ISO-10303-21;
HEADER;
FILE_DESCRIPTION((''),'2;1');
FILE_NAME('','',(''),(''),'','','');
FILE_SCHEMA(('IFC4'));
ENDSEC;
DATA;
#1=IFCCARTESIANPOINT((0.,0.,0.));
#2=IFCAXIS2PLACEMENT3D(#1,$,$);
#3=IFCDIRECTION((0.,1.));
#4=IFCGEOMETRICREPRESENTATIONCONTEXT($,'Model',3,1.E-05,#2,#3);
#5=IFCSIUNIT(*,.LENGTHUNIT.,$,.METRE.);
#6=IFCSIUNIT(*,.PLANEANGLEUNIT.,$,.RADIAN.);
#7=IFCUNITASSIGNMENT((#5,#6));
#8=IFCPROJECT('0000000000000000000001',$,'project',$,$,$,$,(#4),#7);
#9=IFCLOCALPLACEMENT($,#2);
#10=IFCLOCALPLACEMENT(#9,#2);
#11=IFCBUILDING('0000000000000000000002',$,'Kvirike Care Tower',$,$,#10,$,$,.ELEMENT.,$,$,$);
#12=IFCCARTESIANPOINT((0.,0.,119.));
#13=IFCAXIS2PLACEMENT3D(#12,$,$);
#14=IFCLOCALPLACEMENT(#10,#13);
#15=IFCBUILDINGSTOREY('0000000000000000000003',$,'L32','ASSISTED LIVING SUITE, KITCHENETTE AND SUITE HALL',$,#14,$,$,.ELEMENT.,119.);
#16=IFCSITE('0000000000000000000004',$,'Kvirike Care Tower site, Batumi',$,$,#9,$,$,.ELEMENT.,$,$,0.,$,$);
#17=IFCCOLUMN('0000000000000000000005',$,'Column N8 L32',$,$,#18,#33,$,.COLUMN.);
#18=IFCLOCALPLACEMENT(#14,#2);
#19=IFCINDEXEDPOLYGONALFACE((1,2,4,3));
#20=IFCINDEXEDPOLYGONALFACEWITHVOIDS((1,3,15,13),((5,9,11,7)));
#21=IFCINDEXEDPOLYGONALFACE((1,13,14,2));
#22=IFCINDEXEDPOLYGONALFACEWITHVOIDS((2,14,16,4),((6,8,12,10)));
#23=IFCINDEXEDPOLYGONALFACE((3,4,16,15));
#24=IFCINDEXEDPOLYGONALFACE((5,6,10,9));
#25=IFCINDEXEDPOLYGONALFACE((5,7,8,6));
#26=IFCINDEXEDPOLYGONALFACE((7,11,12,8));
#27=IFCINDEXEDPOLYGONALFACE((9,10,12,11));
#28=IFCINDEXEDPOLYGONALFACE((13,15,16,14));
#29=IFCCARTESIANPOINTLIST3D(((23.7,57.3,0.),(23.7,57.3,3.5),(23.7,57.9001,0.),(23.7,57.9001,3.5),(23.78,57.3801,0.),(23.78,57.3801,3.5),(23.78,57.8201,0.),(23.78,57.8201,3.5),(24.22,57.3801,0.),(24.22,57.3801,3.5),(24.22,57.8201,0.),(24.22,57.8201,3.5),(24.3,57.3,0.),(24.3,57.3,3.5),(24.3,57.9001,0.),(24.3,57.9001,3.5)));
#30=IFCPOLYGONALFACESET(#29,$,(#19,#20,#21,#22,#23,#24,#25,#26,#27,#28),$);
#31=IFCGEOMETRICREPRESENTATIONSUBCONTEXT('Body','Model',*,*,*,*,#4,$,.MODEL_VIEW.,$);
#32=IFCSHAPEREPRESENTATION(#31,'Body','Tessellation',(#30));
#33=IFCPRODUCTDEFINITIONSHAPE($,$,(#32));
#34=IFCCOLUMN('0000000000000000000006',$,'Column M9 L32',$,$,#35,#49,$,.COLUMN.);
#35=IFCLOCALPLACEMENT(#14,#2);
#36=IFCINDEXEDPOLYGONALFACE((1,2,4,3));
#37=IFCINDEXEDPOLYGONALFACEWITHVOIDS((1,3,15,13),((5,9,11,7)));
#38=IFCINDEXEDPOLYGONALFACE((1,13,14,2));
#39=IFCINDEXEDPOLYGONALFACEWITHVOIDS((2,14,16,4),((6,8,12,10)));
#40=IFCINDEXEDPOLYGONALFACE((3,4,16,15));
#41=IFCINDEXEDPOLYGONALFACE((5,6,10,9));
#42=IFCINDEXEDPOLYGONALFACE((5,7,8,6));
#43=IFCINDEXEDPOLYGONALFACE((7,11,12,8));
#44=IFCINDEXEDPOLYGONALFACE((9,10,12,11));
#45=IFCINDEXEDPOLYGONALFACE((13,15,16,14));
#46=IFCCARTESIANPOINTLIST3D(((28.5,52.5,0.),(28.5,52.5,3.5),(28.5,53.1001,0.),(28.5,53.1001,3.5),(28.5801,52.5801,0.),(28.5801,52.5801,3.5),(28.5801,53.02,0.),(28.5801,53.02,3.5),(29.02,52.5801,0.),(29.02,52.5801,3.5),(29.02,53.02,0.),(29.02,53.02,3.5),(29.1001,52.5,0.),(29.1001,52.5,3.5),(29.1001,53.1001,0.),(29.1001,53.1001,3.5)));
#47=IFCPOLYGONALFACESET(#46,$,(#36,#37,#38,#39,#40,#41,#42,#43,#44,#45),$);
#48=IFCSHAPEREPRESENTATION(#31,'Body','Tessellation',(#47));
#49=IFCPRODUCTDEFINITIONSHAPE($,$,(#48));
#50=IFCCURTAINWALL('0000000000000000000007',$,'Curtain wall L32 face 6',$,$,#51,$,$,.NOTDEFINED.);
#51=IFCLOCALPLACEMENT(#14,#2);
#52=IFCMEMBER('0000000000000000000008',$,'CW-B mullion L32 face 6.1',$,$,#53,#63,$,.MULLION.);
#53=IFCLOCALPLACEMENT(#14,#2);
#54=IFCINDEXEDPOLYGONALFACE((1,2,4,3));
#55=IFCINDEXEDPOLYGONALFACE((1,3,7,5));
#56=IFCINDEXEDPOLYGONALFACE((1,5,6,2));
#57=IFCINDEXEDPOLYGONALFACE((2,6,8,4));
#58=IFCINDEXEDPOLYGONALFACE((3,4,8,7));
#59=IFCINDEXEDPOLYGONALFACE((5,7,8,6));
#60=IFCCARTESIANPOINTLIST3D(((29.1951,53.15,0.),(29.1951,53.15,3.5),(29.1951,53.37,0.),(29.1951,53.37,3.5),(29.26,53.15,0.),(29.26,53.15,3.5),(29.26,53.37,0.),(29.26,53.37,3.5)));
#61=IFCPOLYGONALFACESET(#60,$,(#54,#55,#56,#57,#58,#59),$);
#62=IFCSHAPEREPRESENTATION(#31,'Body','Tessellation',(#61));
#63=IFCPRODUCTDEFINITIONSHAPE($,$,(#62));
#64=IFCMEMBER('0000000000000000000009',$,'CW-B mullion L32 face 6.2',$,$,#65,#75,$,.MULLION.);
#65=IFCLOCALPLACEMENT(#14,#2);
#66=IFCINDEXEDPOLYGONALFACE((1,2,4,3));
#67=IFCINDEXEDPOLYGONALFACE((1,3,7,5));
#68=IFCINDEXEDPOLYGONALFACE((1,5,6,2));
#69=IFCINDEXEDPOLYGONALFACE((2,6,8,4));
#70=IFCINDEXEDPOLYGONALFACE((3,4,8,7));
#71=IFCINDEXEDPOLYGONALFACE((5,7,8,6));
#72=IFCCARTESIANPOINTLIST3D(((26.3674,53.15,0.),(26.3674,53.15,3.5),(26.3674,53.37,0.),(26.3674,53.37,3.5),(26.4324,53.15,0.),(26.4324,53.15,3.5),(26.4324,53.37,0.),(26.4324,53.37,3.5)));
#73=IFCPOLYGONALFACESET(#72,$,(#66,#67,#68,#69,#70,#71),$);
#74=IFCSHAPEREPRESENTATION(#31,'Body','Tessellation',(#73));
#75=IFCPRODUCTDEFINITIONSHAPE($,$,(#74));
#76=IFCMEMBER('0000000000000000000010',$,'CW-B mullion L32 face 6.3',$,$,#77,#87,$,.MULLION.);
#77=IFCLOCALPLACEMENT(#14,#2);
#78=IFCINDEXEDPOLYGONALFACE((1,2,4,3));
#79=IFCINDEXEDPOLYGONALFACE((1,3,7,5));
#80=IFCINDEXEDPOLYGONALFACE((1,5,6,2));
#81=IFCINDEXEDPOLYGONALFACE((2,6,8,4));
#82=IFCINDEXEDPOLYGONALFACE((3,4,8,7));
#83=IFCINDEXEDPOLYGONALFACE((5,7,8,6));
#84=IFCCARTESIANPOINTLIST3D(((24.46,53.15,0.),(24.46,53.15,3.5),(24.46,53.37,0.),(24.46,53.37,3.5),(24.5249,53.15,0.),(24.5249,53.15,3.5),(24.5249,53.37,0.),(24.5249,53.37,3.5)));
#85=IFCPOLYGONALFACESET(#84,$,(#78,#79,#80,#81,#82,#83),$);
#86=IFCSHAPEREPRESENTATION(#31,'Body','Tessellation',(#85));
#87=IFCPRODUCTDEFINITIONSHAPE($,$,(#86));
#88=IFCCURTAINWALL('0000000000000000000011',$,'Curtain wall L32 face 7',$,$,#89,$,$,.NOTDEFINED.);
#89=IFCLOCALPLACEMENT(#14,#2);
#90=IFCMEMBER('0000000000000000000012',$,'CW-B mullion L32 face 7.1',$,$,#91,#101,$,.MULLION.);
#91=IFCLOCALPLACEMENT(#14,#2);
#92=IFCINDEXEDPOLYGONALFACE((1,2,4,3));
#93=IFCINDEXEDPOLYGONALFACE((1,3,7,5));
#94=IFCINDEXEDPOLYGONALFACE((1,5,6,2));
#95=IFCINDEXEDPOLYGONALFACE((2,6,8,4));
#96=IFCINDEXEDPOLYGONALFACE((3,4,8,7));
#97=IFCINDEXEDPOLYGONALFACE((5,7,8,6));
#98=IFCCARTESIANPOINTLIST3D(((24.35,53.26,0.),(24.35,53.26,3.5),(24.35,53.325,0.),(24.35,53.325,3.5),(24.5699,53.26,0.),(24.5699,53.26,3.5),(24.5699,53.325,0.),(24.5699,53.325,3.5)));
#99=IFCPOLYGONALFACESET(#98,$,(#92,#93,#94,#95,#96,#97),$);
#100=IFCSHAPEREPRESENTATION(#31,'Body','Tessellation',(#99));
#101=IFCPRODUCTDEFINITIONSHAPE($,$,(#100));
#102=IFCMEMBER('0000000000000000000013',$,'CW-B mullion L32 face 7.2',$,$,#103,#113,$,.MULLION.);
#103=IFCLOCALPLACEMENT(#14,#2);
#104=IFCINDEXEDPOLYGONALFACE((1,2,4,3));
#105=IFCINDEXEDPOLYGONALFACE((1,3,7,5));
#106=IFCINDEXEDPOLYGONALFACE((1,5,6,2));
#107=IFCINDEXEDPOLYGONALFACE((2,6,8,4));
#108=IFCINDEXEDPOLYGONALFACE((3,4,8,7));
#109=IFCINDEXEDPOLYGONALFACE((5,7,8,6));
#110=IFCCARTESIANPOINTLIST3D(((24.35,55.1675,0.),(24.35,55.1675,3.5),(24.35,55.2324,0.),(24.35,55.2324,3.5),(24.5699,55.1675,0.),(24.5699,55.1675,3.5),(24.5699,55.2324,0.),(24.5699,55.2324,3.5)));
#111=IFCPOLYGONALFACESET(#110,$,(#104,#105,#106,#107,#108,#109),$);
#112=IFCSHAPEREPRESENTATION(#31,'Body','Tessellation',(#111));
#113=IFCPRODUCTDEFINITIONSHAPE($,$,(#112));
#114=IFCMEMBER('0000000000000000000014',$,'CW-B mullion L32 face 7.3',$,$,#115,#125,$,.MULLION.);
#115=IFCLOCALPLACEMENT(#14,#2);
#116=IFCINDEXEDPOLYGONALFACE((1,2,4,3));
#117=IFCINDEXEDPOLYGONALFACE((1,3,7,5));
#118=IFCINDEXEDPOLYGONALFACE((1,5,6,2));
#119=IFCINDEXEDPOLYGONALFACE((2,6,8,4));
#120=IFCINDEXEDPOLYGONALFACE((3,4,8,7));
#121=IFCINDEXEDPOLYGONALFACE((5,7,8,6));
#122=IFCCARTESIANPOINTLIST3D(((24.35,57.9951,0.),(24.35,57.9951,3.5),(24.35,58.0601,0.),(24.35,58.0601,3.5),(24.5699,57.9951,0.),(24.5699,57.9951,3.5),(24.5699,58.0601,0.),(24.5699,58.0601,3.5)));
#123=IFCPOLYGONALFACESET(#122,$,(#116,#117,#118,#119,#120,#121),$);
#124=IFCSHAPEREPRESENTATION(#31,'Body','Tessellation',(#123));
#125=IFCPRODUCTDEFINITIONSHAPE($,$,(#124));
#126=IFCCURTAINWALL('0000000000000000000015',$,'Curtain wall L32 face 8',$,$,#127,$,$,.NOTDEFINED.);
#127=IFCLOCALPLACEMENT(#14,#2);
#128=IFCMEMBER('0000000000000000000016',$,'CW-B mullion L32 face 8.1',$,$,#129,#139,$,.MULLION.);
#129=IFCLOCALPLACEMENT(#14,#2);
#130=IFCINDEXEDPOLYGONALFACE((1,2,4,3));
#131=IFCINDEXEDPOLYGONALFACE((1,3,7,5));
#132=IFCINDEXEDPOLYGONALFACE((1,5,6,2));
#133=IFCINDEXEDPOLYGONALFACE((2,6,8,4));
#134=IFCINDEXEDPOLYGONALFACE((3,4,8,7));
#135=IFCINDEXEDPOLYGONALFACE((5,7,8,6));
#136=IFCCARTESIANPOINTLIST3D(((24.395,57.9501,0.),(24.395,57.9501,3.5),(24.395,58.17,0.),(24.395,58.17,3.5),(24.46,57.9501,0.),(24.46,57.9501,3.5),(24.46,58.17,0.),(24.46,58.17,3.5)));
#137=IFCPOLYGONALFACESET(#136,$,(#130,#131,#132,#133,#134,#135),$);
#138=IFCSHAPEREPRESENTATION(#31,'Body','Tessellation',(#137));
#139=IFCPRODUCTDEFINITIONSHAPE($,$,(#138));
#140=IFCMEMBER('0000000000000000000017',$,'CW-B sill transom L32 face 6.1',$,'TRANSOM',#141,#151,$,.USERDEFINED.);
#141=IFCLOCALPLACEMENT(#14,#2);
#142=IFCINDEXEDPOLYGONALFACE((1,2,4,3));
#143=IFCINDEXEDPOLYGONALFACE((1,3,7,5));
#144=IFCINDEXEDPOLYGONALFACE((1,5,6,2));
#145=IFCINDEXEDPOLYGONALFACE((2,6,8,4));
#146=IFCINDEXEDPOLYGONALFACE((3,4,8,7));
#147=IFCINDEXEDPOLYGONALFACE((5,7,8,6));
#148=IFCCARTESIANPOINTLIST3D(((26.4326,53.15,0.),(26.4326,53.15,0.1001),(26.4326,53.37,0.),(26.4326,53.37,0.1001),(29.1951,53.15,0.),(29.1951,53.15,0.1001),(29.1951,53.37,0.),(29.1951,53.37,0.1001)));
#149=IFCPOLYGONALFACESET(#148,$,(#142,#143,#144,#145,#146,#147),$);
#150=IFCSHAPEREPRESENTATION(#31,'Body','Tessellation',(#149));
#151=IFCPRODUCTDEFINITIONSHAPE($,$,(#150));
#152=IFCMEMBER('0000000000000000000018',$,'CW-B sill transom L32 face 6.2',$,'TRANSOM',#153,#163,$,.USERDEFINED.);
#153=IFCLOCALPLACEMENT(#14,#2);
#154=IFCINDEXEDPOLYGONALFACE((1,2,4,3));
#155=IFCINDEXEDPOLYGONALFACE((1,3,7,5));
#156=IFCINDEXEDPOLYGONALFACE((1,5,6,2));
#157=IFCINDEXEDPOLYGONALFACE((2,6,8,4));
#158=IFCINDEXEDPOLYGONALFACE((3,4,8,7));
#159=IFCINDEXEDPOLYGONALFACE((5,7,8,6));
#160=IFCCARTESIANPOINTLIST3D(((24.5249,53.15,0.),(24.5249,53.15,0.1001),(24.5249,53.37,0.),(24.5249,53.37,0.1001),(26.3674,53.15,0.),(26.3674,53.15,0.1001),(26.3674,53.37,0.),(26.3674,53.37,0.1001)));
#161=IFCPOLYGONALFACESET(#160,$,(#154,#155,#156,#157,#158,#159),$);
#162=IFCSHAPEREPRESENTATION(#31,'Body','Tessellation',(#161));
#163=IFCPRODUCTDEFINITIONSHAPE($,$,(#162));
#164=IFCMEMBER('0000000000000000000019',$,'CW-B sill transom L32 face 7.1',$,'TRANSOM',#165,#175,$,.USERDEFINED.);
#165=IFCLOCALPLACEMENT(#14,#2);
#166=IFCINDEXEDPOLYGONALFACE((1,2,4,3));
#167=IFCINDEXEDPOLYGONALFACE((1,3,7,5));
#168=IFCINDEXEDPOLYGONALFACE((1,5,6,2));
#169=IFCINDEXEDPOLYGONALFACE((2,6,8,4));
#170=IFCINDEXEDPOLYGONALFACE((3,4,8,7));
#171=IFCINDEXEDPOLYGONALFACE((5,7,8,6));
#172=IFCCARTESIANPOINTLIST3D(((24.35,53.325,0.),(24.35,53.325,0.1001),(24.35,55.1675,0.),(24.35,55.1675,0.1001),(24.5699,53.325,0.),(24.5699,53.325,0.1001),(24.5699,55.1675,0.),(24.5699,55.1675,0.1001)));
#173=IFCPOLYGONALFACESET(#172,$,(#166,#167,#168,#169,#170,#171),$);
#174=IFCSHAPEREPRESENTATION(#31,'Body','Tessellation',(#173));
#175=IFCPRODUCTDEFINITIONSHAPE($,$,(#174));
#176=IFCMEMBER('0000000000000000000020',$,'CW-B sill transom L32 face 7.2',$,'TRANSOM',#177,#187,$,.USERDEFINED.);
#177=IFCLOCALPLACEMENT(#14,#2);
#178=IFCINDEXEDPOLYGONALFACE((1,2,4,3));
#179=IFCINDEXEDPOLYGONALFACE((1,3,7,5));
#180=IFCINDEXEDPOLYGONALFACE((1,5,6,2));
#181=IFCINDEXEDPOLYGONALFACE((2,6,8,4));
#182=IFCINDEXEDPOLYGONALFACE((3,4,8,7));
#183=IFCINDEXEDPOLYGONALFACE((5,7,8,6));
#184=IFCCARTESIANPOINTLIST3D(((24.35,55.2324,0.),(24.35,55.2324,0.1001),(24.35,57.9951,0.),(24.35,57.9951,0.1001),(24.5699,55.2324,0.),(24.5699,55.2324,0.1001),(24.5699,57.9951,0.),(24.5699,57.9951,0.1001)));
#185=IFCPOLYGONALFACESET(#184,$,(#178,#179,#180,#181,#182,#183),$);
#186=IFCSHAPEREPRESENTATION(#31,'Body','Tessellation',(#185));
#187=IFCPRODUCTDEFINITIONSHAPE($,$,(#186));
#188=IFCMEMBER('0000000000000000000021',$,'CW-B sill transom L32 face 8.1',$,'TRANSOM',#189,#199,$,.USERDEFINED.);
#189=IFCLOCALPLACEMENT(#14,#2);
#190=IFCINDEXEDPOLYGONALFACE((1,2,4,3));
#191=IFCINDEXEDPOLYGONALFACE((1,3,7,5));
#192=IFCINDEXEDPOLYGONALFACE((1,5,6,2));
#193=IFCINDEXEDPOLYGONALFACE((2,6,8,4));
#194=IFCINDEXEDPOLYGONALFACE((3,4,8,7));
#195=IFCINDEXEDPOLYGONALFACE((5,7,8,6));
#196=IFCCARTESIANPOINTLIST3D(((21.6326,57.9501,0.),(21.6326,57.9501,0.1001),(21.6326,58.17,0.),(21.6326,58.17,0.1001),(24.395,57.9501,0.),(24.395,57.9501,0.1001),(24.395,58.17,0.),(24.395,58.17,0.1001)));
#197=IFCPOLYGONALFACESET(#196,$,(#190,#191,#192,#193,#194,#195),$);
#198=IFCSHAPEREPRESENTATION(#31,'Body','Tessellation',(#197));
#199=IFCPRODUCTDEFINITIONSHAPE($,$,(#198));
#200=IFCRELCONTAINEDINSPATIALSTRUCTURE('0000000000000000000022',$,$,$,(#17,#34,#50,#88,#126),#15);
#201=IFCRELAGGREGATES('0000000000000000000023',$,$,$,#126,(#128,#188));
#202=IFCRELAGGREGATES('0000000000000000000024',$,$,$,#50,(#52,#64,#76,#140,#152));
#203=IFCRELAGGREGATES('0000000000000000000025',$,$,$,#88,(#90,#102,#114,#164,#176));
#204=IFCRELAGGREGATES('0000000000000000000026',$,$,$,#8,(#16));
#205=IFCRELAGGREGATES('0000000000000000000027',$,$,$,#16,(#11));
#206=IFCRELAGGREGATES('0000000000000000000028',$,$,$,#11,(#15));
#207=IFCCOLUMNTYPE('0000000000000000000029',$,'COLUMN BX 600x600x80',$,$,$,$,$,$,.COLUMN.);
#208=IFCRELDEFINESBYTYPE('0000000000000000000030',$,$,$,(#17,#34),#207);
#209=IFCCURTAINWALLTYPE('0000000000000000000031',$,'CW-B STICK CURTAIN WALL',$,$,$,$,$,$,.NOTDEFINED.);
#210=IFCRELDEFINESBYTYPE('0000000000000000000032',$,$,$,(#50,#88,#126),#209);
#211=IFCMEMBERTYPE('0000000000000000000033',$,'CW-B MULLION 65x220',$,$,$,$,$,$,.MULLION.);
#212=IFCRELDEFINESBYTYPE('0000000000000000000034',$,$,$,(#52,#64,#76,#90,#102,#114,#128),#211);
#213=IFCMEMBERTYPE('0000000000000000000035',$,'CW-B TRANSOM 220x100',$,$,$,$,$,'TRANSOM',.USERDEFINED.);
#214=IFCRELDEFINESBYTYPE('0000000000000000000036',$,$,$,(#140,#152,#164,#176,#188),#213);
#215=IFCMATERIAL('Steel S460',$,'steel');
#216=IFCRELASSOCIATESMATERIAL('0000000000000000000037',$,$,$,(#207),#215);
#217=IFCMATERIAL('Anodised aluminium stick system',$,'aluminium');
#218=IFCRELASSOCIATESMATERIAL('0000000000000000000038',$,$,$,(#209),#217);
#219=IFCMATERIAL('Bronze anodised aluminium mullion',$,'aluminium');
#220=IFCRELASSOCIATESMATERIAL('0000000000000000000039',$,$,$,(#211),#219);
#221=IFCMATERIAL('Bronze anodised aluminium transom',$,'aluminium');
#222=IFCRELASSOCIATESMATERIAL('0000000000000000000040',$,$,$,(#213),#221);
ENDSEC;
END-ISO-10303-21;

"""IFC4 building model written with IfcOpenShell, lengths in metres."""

from ifc_helpers import new_model, si_unit, direction, frame, origin, origin_2d, place, context, subcontext, project, spatial, rectangle, hollow_rectangle, extrude, material, material_profile, profile_set, type_object, element, aggregate, save


model = new_model("IFC4")

# Units and contexts
model_context = context("Model", 3, precision=1e-05, world=origin(), true_north=direction((0.0, 1.0)))
body_context = subcontext(model_context, "Body", "Model", "MODEL_VIEW")
ifc_project = project(units=[si_unit("LENGTHUNIT", "METRE"), si_unit("PLANEANGLEUNIT", "RADIAN")], contexts=[model_context])

# Site, building, storey
site_placement = place(None, origin())
site = spatial("IfcSite", under=ifc_project, at=site_placement, Name="Kvirike Care Tower site, Batumi", CompositionType="ELEMENT", RefElevation=0.0)
building_placement = place(site_placement, origin())
building = spatial("IfcBuilding", under=site, at=building_placement, Name="Kvirike Care Tower", CompositionType="ELEMENT")
storey_placement = place(building_placement, frame((0.0, 0.0, 119.0)))
storey = spatial("IfcBuildingStorey", under=building, at=storey_placement, Name="L32", Description="ASSISTED LIVING SUITE, KITCHENETTE AND SUITE HALL", CompositionType="ELEMENT", Elevation=119.0)

# Columns
ifc_material_1 = material(Name="Steel S460", Category="steel")
ifc_material_profile_1 = material_profile(ifc_material_1, hollow_rectangle(XDim=0.6001, YDim=0.6001, WallThickness=0.0801, at=origin_2d()), Name="BX 600x600x80")
ifc_profile_set_1 = profile_set([ifc_material_profile_1], Name="Steel S460")
column_type = type_object("IfcColumnType", Name="COLUMN BX 600x600x80", PredefinedType="COLUMN", material=ifc_profile_set_1)
for number, where, z_axis, x_axis, name in (
    (1, (24.0, 57.6001, 0.0), (0.0, 0.0, 1.0), (0.0, 1.0, 0.0), "Column N8 L32"),
    (2, (28.8, 52.8, 0.0), (0.0, 0.0, 1.0), (0.0, 1.0, 0.0), "Column M9 L32"),
):
    element("IfcColumn", number, at=place(storey_placement, frame(where, z_axis=z_axis, x_axis=x_axis)), inside=storey, type_object=column_type, Name=name, PredefinedType="COLUMN", context=body_context, shape_type="SweptSolid", body=[
        extrude(hollow_rectangle(XDim=0.6001, YDim=0.6001, WallThickness=0.0801, at=origin_2d()), origin(), (0.0, 0.0, 1.0), 3.5),
    ])

# Curtain walls, members
ifc_material_2 = material(Name="Anodised aluminium stick system", Category="aluminium")
curtain_wall_type = type_object("IfcCurtainWallType", Name="CW-B STICK CURTAIN WALL", PredefinedType="NOTDEFINED", material=ifc_material_2)
curtain_wall_1_placement = place(storey_placement, origin())
curtain_wall_1 = element("IfcCurtainWall", 3, at=curtain_wall_1_placement, inside=storey, type_object=curtain_wall_type, Name="Curtain wall L32 face 6", PredefinedType="NOTDEFINED")
ifc_material_3 = material(Name="Bronze anodised aluminium mullion", Category="aluminium")
ifc_material_profile_2 = material_profile(ifc_material_3, rectangle(XDim=0.0649, YDim=0.22, at=origin_2d()), Name="CW-B MULLION 65x220")
ifc_profile_set_2 = profile_set([ifc_material_profile_2], Name="Bronze anodised aluminium mullion")
member_type_1 = type_object("IfcMemberType", Name="CW-B MULLION 65x220", PredefinedType="MULLION", material=ifc_profile_set_2)
member_1_placement = place(storey_placement, frame((29.2275, 53.26, 0.0), z_axis=(0.0, 0.0, 1.0), x_axis=(-1.0, 0.0, 0.0)))
member_1 = element("IfcMember", 4, at=member_1_placement, type_object=member_type_1, Name="CW-B mullion L32 face 6.1", PredefinedType="MULLION", context=body_context, shape_type="SweptSolid", body=[
    extrude(rectangle(XDim=0.0649, YDim=0.22, at=origin_2d()), origin(), (0.0, 0.0, 1.0), 3.5),
])
member_2_placement = place(storey_placement, frame((26.3999, 53.26, 0.0), z_axis=(0.0, 0.0, 1.0), x_axis=(-1.0, 0.0, 0.0)))
member_2 = element("IfcMember", 5, at=member_2_placement, type_object=member_type_1, Name="CW-B mullion L32 face 6.2", PredefinedType="MULLION", context=body_context, shape_type="SweptSolid", body=[
    extrude(rectangle(XDim=0.0649, YDim=0.22, at=origin_2d()), origin(), (0.0, 0.0, 1.0), 3.5),
])
member_3_placement = place(storey_placement, frame((24.4924, 53.26, 0.0), z_axis=(0.0, 0.0, 1.0), x_axis=(-1.0, 0.0, 0.0)))
member_3 = element("IfcMember", 6, at=member_3_placement, type_object=member_type_1, Name="CW-B mullion L32 face 6.3", PredefinedType="MULLION", context=body_context, shape_type="SweptSolid", body=[
    extrude(rectangle(XDim=0.0649, YDim=0.22, at=origin_2d()), origin(), (0.0, 0.0, 1.0), 3.5),
])
curtain_wall_2_placement = place(storey_placement, origin())
curtain_wall_2 = element("IfcCurtainWall", 7, at=curtain_wall_2_placement, inside=storey, type_object=curtain_wall_type, Name="Curtain wall L32 face 7", PredefinedType="NOTDEFINED")
member_4_placement = place(storey_placement, frame((24.46, 53.2925, 0.0), z_axis=(0.0, 0.0, 1.0), x_axis=(0.0, 1.0, 0.0)))
member_4 = element("IfcMember", 8, at=member_4_placement, type_object=member_type_1, Name="CW-B mullion L32 face 7.1", PredefinedType="MULLION", context=body_context, shape_type="SweptSolid", body=[
    extrude(rectangle(XDim=0.0649, YDim=0.22, at=origin_2d()), origin(), (0.0, 0.0, 1.0), 3.5),
])
member_5_placement = place(storey_placement, frame((24.46, 55.2, 0.0), z_axis=(0.0, 0.0, 1.0), x_axis=(0.0, 1.0, 0.0)))
member_5 = element("IfcMember", 9, at=member_5_placement, type_object=member_type_1, Name="CW-B mullion L32 face 7.2", PredefinedType="MULLION", context=body_context, shape_type="SweptSolid", body=[
    extrude(rectangle(XDim=0.0649, YDim=0.22, at=origin_2d()), origin(), (0.0, 0.0, 1.0), 3.5),
])
member_6_placement = place(storey_placement, frame((24.46, 58.0276, 0.0), z_axis=(0.0, 0.0, 1.0), x_axis=(0.0, 1.0, 0.0)))
member_6 = element("IfcMember", 10, at=member_6_placement, type_object=member_type_1, Name="CW-B mullion L32 face 7.3", PredefinedType="MULLION", context=body_context, shape_type="SweptSolid", body=[
    extrude(rectangle(XDim=0.0649, YDim=0.22, at=origin_2d()), origin(), (0.0, 0.0, 1.0), 3.5),
])

# Curtain wall, member
curtain_wall_3_placement = place(storey_placement, origin())
curtain_wall_3 = element("IfcCurtainWall", 11, at=curtain_wall_3_placement, inside=storey, type_object=curtain_wall_type, Name="Curtain wall L32 face 8", PredefinedType="NOTDEFINED")
member_7_placement = place(storey_placement, frame((24.4275, 58.0601, 0.0), z_axis=(0.0, 0.0, 1.0), x_axis=(-1.0, 0.0, 0.0)))
member_7 = element("IfcMember", 12, at=member_7_placement, type_object=member_type_1, Name="CW-B mullion L32 face 8.1", PredefinedType="MULLION", context=body_context, shape_type="SweptSolid", body=[
    extrude(rectangle(XDim=0.0649, YDim=0.22, at=origin_2d()), origin(), (0.0, 0.0, 1.0), 3.5),
])

# Members
ifc_material_4 = material(Name="Bronze anodised aluminium transom", Category="aluminium")
ifc_material_profile_3 = material_profile(ifc_material_4, rectangle(XDim=0.22, YDim=0.1001, at=origin_2d()), Name="CW-B TRANSOM 220x100")
ifc_profile_set_3 = profile_set([ifc_material_profile_3], Name="Bronze anodised aluminium transom")
member_type_2 = type_object("IfcMemberType", Name="CW-B TRANSOM 220x100", ElementType="TRANSOM", PredefinedType="USERDEFINED", material=ifc_profile_set_3)
member_8_placement = place(storey_placement, frame((29.1951, 53.26, 0.05), z_axis=(-1.0, 0.0, 0.0), x_axis=(0.0, -1.0, 0.0)))
member_8 = element("IfcMember", 13, at=member_8_placement, type_object=member_type_2, Name="CW-B sill transom L32 face 6.1", ObjectType="TRANSOM", PredefinedType="USERDEFINED", context=body_context, shape_type="SweptSolid", body=[
    extrude(rectangle(XDim=0.22, YDim=0.1001, at=origin_2d()), origin(), (0.0, 0.0, 1.0), 2.7625),
])
member_9_placement = place(storey_placement, frame((26.3674, 53.26, 0.05), z_axis=(-1.0, 0.0, 0.0), x_axis=(0.0, -1.0, 0.0)))
member_9 = element("IfcMember", 14, at=member_9_placement, type_object=member_type_2, Name="CW-B sill transom L32 face 6.2", ObjectType="TRANSOM", PredefinedType="USERDEFINED", context=body_context, shape_type="SweptSolid", body=[
    extrude(rectangle(XDim=0.22, YDim=0.1001, at=origin_2d()), origin(), (0.0, 0.0, 1.0), 1.8425),
])
member_10_placement = place(storey_placement, frame((24.46, 53.325, 0.05), z_axis=(0.0, 1.0, 0.0), x_axis=(-1.0, 0.0, 0.0)))
member_10 = element("IfcMember", 15, at=member_10_placement, type_object=member_type_2, Name="CW-B sill transom L32 face 7.1", ObjectType="TRANSOM", PredefinedType="USERDEFINED", context=body_context, shape_type="SweptSolid", body=[
    extrude(rectangle(XDim=0.22, YDim=0.1001, at=origin_2d()), origin(), (0.0, 0.0, 1.0), 1.8425),
])
member_11_placement = place(storey_placement, frame((24.46, 55.2324, 0.05), z_axis=(0.0, 1.0, 0.0), x_axis=(-1.0, 0.0, 0.0)))
member_11 = element("IfcMember", 16, at=member_11_placement, type_object=member_type_2, Name="CW-B sill transom L32 face 7.2", ObjectType="TRANSOM", PredefinedType="USERDEFINED", context=body_context, shape_type="SweptSolid", body=[
    extrude(rectangle(XDim=0.22, YDim=0.1001, at=origin_2d()), origin(), (0.0, 0.0, 1.0), 2.7627),
])
member_12_placement = place(storey_placement, frame((24.395, 58.0601, 0.05), z_axis=(-1.0, 0.0, 0.0), x_axis=(0.0, -1.0, 0.0)))
member_12 = element("IfcMember", 17, at=member_12_placement, type_object=member_type_2, Name="CW-B sill transom L32 face 8.1", ObjectType="TRANSOM", PredefinedType="USERDEFINED", context=body_context, shape_type="SweptSolid", body=[
    extrude(rectangle(XDim=0.22, YDim=0.1001, at=origin_2d()), origin(), (0.0, 0.0, 1.0), 2.7625),
])
aggregate(curtain_wall_3, [member_7, member_12])

aggregate(curtain_wall_1, [member_1, member_2, member_3, member_8, member_9])
aggregate(curtain_wall_2, [member_4, member_5, member_6, member_10, member_11])

save(model, "model.ifc")
